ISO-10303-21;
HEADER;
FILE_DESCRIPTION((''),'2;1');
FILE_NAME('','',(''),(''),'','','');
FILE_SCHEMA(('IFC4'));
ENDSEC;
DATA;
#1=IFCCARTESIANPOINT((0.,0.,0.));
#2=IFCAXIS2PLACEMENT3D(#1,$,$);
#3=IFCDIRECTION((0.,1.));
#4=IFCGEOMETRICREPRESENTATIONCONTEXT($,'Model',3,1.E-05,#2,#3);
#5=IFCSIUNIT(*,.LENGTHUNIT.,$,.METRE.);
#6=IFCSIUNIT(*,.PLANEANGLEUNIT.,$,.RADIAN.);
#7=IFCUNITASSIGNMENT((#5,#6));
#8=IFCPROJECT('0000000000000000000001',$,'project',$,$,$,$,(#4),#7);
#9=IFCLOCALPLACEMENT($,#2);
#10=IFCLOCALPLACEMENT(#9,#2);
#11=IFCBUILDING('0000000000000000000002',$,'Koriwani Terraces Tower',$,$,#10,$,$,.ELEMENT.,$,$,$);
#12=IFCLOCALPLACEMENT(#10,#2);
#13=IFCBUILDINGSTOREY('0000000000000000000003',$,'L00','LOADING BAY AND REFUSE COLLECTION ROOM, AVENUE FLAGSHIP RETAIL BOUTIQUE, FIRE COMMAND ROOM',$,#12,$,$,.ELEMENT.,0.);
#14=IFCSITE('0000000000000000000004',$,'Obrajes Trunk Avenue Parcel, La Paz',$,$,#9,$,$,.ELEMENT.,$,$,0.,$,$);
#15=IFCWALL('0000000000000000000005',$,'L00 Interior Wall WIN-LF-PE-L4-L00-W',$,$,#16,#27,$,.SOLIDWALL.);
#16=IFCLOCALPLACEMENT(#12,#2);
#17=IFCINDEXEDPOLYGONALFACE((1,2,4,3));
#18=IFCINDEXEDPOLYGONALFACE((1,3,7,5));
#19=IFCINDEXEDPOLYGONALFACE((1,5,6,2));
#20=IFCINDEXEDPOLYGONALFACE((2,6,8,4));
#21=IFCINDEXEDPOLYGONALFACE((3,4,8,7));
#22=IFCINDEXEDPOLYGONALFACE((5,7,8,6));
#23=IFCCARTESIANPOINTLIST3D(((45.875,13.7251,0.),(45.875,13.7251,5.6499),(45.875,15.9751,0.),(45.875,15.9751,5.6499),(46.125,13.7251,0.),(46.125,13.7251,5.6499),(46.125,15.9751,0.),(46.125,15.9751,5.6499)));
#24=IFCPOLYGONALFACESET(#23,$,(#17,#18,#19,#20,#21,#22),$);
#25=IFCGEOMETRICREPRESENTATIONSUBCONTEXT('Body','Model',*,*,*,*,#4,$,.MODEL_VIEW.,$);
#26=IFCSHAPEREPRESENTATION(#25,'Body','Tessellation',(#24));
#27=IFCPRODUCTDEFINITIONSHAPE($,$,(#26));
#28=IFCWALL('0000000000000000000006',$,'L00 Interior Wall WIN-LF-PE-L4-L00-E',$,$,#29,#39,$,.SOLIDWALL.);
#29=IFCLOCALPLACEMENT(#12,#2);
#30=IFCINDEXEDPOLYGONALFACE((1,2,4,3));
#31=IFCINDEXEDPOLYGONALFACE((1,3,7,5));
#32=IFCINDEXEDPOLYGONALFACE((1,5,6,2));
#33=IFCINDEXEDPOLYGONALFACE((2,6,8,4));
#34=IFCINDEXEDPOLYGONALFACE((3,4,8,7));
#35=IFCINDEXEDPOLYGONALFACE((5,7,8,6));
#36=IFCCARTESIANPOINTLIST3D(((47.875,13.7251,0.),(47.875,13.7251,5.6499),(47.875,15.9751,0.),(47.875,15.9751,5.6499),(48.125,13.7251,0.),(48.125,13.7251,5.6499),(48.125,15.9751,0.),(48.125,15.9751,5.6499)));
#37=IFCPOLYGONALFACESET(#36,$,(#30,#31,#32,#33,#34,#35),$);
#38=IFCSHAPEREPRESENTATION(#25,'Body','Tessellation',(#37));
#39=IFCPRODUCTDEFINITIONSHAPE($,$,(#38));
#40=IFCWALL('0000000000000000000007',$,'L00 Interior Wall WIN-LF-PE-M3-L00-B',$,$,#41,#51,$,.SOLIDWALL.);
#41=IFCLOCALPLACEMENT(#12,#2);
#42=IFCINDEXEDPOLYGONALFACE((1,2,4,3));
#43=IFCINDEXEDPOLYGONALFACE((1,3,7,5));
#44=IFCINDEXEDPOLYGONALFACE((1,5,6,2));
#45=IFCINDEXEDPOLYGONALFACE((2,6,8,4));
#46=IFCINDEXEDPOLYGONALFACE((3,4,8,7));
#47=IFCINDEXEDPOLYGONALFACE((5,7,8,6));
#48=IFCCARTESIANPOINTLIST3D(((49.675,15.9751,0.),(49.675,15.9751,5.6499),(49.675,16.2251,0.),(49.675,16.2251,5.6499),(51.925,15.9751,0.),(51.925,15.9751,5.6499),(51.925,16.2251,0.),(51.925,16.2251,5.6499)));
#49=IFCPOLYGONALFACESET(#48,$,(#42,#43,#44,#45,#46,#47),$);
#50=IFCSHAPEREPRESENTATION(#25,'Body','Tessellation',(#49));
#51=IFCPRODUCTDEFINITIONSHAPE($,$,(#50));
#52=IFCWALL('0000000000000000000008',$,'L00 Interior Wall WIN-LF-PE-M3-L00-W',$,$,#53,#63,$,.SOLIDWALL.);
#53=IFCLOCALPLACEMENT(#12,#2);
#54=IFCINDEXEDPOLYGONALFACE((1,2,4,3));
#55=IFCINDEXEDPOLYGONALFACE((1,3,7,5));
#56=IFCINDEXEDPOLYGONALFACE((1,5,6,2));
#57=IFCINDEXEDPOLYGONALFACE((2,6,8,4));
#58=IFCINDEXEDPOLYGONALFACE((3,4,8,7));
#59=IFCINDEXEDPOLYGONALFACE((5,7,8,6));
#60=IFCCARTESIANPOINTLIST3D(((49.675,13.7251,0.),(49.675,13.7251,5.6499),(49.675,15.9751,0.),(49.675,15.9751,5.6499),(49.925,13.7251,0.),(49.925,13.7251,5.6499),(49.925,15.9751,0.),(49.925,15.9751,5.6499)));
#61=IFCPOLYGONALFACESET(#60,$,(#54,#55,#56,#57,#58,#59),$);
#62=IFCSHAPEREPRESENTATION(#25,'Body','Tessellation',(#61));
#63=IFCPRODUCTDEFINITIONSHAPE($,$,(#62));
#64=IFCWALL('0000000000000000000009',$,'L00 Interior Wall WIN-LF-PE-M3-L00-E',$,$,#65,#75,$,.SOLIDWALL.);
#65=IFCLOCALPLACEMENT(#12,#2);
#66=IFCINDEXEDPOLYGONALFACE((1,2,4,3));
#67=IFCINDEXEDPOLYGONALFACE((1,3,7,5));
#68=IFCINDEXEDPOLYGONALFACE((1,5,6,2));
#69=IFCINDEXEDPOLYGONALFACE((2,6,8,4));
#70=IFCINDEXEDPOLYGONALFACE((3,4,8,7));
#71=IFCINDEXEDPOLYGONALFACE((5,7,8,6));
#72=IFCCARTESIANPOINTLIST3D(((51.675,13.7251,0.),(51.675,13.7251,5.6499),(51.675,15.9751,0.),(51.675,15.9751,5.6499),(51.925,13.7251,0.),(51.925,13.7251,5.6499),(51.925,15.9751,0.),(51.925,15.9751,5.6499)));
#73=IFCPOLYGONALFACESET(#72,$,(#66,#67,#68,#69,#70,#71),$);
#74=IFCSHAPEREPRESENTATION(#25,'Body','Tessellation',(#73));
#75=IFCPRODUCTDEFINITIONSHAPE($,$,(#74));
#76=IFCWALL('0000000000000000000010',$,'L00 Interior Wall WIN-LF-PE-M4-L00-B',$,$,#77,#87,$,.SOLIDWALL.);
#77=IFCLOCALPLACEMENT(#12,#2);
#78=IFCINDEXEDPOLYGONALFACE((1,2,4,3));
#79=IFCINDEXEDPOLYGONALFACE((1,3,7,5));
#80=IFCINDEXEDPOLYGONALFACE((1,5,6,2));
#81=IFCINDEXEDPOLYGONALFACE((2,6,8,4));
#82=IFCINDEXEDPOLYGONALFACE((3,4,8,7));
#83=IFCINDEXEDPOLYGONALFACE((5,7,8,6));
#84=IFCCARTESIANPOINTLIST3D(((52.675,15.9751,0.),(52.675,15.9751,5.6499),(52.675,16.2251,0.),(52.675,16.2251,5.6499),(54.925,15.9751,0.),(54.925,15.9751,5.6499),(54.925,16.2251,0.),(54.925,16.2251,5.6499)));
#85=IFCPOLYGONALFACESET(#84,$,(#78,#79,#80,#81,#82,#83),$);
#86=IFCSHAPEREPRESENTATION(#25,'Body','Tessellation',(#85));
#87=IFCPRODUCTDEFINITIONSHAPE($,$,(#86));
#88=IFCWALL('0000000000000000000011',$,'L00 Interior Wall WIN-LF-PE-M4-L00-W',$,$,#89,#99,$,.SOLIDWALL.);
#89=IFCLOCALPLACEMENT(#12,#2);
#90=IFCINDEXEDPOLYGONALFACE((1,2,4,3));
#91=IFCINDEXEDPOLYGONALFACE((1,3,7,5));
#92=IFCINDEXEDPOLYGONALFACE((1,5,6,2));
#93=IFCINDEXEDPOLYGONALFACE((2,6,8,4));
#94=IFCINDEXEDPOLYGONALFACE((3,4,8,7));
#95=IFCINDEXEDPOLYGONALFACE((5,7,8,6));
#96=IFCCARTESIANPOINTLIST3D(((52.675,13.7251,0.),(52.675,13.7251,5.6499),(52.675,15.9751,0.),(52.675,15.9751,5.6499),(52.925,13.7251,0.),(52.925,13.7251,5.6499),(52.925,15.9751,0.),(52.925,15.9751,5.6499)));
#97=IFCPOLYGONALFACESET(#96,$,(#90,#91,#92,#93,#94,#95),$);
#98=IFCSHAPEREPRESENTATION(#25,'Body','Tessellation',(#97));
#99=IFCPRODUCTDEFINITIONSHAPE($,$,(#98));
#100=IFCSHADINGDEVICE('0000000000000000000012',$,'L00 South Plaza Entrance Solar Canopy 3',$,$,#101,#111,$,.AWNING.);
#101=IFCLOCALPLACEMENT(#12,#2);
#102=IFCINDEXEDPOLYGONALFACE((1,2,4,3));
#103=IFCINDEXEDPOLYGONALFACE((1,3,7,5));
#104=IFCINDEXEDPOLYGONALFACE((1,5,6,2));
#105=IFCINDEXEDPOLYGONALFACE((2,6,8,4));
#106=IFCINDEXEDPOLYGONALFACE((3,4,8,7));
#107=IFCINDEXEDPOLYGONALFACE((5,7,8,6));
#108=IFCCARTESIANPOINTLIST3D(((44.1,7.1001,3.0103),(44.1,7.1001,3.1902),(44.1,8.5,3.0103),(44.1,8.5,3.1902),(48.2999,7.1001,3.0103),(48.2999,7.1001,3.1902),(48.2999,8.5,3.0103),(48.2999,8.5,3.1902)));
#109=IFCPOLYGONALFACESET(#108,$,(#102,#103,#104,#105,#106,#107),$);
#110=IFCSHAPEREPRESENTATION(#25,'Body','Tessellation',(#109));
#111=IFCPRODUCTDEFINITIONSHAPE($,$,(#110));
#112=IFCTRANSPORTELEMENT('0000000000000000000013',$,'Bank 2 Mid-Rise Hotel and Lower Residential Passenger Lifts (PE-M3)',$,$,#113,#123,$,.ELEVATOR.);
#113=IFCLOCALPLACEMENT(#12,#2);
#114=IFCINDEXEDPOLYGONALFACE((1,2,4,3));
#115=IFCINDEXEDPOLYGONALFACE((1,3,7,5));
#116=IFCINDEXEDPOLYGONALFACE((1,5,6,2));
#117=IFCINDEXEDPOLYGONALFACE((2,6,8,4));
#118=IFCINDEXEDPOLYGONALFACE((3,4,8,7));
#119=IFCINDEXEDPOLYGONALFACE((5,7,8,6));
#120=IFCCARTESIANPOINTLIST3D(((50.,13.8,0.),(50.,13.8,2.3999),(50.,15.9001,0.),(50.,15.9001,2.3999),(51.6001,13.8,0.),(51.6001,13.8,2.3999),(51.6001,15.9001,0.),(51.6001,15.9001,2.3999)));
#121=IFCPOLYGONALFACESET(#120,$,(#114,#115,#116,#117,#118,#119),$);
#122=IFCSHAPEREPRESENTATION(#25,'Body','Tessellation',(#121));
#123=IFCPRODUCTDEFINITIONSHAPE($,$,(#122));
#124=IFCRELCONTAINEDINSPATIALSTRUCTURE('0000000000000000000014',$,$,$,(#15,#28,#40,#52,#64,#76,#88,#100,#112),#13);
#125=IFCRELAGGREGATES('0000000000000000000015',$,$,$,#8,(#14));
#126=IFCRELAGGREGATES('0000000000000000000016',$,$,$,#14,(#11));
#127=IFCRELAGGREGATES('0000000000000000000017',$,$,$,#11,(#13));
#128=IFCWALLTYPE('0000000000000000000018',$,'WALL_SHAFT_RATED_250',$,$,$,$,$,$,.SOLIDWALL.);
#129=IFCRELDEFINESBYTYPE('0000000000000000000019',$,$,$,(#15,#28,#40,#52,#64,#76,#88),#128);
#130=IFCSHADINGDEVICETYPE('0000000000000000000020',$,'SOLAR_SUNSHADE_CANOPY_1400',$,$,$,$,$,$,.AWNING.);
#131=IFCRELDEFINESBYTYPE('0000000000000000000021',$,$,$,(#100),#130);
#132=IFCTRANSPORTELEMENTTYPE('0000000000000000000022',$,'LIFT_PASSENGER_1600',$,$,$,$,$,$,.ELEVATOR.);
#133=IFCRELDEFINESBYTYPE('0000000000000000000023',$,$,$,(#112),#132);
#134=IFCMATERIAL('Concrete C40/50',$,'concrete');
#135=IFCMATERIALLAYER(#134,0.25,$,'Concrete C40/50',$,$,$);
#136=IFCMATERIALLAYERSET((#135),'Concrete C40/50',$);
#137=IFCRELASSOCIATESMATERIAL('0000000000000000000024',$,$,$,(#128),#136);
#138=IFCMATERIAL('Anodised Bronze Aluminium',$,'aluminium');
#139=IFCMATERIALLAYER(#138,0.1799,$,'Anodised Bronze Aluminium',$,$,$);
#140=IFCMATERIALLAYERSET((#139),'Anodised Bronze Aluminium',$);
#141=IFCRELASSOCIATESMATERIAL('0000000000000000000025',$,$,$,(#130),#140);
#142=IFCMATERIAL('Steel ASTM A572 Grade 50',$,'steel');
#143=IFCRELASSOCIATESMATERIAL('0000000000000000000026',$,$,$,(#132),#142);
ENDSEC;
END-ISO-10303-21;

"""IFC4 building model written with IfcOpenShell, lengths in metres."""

from ifc_helpers import new_model, si_unit, direction, frame, frame_2d, origin, origin_2d, place, context, subcontext, project, spatial, rectangle, extrude, material, layer, layer_set, type_object, element, save


model = new_model("IFC4")

# Units and contexts
model_context = context("Model", 3, precision=1e-05, world=origin(), true_north=direction((0.0, 1.0)))
body_context = subcontext(model_context, "Body", "Model", "MODEL_VIEW")
ifc_project = project(units=[si_unit("LENGTHUNIT", "METRE"), si_unit("PLANEANGLEUNIT", "RADIAN")], contexts=[model_context])

# Site, building, storey
site_placement = place(None, origin())
site = spatial("IfcSite", under=ifc_project, at=site_placement, Name="Obrajes Trunk Avenue Parcel, La Paz", CompositionType="ELEMENT", RefElevation=0.0)
building_placement = place(site_placement, origin())
building = spatial("IfcBuilding", under=site, at=building_placement, Name="Koriwani Terraces Tower", CompositionType="ELEMENT")
storey_placement = place(building_placement, origin())
storey = spatial("IfcBuildingStorey", under=building, at=storey_placement, Name="L00", Description="LOADING BAY AND REFUSE COLLECTION ROOM, AVENUE FLAGSHIP RETAIL BOUTIQUE, FIRE COMMAND ROOM", CompositionType="ELEMENT", Elevation=0.0)

# Shared definitions
ifc_material_1 = material(Name="Steel ASTM A572 Grade 50", Category="steel")

# Shared definitions
ifc_material_2 = material(Name="Concrete C40/50", Category="concrete")
ifc_layer_1 = layer(ifc_material_2, 0.25, Name="Concrete C40/50")
ifc_layer_set_1 = layer_set([ifc_layer_1], Name="Concrete C40/50")
wall_type = type_object("IfcWallType", Name="WALL_SHAFT_RATED_250", PredefinedType="SOLIDWALL", material=ifc_layer_set_1)

# Walls
for number, where, z_axis, x_axis, name in (
    (1, (46.0, 13.7251, 0.0), (0.0, 0.0, 1.0), (0.0, 1.0, 0.0), "L00 Interior Wall WIN-LF-PE-L4-L00-W"),
    (2, (48.0, 13.7251, 0.0), (0.0, 0.0, 1.0), (0.0, 1.0, 0.0), "L00 Interior Wall WIN-LF-PE-L4-L00-E"),
):
    element("IfcWall", number, at=place(storey_placement, frame(where, z_axis=z_axis, x_axis=x_axis)), inside=storey, type_object=wall_type, Name=name, PredefinedType="SOLIDWALL", context=body_context, shape_type="SweptSolid", body=[
        extrude(rectangle(XDim=2.25, YDim=0.25, at=frame_2d((1.125, 0.0))), origin(), (0.0, 0.0, 1.0), 5.6499),
    ])

# Walls
for number, where, z_axis, x_axis, name in (
    (3, (49.675, 16.1001, 0.0), (0.0, 0.0, 1.0), (1.0, 0.0, 0.0), "L00 Interior Wall WIN-LF-PE-M3-L00-B"),
    (4, (49.8, 13.7251, 0.0), (0.0, 0.0, 1.0), (0.0, 1.0, 0.0), "L00 Interior Wall WIN-LF-PE-M3-L00-W"),
    (5, (51.8, 13.7251, 0.0), (0.0, 0.0, 1.0), (0.0, 1.0, 0.0), "L00 Interior Wall WIN-LF-PE-M3-L00-E"),
):
    element("IfcWall", number, at=place(storey_placement, frame(where, z_axis=z_axis, x_axis=x_axis)), inside=storey, type_object=wall_type, Name=name, PredefinedType="SOLIDWALL", context=body_context, shape_type="SweptSolid", body=[
        extrude(rectangle(XDim=2.25, YDim=0.25, at=frame_2d((1.125, 0.0))), origin(), (0.0, 0.0, 1.0), 5.6499),
    ])

# Walls
for number, where, z_axis, x_axis, name in (
    (6, (52.675, 16.1001, 0.0), (0.0, 0.0, 1.0), (1.0, 0.0, 0.0), "L00 Interior Wall WIN-LF-PE-M4-L00-B"),
    (7, (52.8, 13.7251, 0.0), (0.0, 0.0, 1.0), (0.0, 1.0, 0.0), "L00 Interior Wall WIN-LF-PE-M4-L00-W"),
):
    element("IfcWall", number, at=place(storey_placement, frame(where, z_axis=z_axis, x_axis=x_axis)), inside=storey, type_object=wall_type, Name=name, PredefinedType="SOLIDWALL", context=body_context, shape_type="SweptSolid", body=[
        extrude(rectangle(XDim=2.25, YDim=0.25, at=frame_2d((1.125, 0.0))), origin(), (0.0, 0.0, 1.0), 5.6499),
    ])

# Shading device
ifc_material_3 = material(Name="Anodised Bronze Aluminium", Category="aluminium")
ifc_layer_2 = layer(ifc_material_3, 0.1799, Name="Anodised Bronze Aluminium")
ifc_layer_set_2 = layer_set([ifc_layer_2], Name="Anodised Bronze Aluminium")
shading_device_type = type_object("IfcShadingDeviceType", Name="SOLAR_SUNSHADE_CANOPY_1400", PredefinedType="AWNING", material=ifc_layer_set_2)
shading_device_placement = place(storey_placement, frame((46.2, 7.8, 3.0103), z_axis=(0.0, 0.0, 1.0), x_axis=(1.0, 0.0, 0.0)))
element("IfcShadingDevice", 8, at=shading_device_placement, inside=storey, type_object=shading_device_type, Name="L00 South Plaza Entrance Solar Canopy 3", PredefinedType="AWNING", context=body_context, shape_type="SweptSolid", body=[
    extrude(rectangle(XDim=4.2, YDim=1.3999, at=origin_2d()), origin(), (0.0, 0.0, 1.0), 0.1799),
])

# Transport element
transport_element_type = type_object("IfcTransportElementType", Name="LIFT_PASSENGER_1600", PredefinedType="ELEVATOR", material=ifc_material_1)
transport_element_placement = place(storey_placement, frame((50.8, 14.8501, 0.0), z_axis=(0.0, 0.0, 1.0), x_axis=(1.0, 0.0, 0.0)))
element("IfcTransportElement", 9, at=transport_element_placement, inside=storey, type_object=transport_element_type, Name="Bank 2 Mid-Rise Hotel and Lower Residential Passenger Lifts (PE-M3)", PredefinedType="ELEVATOR", context=body_context, shape_type="SweptSolid", body=[
    extrude(rectangle(XDim=1.6001, YDim=2.1001, at=origin_2d()), origin(), (0.0, 0.0, 1.0), 2.3999),
])

save(model, "model.ifc")
